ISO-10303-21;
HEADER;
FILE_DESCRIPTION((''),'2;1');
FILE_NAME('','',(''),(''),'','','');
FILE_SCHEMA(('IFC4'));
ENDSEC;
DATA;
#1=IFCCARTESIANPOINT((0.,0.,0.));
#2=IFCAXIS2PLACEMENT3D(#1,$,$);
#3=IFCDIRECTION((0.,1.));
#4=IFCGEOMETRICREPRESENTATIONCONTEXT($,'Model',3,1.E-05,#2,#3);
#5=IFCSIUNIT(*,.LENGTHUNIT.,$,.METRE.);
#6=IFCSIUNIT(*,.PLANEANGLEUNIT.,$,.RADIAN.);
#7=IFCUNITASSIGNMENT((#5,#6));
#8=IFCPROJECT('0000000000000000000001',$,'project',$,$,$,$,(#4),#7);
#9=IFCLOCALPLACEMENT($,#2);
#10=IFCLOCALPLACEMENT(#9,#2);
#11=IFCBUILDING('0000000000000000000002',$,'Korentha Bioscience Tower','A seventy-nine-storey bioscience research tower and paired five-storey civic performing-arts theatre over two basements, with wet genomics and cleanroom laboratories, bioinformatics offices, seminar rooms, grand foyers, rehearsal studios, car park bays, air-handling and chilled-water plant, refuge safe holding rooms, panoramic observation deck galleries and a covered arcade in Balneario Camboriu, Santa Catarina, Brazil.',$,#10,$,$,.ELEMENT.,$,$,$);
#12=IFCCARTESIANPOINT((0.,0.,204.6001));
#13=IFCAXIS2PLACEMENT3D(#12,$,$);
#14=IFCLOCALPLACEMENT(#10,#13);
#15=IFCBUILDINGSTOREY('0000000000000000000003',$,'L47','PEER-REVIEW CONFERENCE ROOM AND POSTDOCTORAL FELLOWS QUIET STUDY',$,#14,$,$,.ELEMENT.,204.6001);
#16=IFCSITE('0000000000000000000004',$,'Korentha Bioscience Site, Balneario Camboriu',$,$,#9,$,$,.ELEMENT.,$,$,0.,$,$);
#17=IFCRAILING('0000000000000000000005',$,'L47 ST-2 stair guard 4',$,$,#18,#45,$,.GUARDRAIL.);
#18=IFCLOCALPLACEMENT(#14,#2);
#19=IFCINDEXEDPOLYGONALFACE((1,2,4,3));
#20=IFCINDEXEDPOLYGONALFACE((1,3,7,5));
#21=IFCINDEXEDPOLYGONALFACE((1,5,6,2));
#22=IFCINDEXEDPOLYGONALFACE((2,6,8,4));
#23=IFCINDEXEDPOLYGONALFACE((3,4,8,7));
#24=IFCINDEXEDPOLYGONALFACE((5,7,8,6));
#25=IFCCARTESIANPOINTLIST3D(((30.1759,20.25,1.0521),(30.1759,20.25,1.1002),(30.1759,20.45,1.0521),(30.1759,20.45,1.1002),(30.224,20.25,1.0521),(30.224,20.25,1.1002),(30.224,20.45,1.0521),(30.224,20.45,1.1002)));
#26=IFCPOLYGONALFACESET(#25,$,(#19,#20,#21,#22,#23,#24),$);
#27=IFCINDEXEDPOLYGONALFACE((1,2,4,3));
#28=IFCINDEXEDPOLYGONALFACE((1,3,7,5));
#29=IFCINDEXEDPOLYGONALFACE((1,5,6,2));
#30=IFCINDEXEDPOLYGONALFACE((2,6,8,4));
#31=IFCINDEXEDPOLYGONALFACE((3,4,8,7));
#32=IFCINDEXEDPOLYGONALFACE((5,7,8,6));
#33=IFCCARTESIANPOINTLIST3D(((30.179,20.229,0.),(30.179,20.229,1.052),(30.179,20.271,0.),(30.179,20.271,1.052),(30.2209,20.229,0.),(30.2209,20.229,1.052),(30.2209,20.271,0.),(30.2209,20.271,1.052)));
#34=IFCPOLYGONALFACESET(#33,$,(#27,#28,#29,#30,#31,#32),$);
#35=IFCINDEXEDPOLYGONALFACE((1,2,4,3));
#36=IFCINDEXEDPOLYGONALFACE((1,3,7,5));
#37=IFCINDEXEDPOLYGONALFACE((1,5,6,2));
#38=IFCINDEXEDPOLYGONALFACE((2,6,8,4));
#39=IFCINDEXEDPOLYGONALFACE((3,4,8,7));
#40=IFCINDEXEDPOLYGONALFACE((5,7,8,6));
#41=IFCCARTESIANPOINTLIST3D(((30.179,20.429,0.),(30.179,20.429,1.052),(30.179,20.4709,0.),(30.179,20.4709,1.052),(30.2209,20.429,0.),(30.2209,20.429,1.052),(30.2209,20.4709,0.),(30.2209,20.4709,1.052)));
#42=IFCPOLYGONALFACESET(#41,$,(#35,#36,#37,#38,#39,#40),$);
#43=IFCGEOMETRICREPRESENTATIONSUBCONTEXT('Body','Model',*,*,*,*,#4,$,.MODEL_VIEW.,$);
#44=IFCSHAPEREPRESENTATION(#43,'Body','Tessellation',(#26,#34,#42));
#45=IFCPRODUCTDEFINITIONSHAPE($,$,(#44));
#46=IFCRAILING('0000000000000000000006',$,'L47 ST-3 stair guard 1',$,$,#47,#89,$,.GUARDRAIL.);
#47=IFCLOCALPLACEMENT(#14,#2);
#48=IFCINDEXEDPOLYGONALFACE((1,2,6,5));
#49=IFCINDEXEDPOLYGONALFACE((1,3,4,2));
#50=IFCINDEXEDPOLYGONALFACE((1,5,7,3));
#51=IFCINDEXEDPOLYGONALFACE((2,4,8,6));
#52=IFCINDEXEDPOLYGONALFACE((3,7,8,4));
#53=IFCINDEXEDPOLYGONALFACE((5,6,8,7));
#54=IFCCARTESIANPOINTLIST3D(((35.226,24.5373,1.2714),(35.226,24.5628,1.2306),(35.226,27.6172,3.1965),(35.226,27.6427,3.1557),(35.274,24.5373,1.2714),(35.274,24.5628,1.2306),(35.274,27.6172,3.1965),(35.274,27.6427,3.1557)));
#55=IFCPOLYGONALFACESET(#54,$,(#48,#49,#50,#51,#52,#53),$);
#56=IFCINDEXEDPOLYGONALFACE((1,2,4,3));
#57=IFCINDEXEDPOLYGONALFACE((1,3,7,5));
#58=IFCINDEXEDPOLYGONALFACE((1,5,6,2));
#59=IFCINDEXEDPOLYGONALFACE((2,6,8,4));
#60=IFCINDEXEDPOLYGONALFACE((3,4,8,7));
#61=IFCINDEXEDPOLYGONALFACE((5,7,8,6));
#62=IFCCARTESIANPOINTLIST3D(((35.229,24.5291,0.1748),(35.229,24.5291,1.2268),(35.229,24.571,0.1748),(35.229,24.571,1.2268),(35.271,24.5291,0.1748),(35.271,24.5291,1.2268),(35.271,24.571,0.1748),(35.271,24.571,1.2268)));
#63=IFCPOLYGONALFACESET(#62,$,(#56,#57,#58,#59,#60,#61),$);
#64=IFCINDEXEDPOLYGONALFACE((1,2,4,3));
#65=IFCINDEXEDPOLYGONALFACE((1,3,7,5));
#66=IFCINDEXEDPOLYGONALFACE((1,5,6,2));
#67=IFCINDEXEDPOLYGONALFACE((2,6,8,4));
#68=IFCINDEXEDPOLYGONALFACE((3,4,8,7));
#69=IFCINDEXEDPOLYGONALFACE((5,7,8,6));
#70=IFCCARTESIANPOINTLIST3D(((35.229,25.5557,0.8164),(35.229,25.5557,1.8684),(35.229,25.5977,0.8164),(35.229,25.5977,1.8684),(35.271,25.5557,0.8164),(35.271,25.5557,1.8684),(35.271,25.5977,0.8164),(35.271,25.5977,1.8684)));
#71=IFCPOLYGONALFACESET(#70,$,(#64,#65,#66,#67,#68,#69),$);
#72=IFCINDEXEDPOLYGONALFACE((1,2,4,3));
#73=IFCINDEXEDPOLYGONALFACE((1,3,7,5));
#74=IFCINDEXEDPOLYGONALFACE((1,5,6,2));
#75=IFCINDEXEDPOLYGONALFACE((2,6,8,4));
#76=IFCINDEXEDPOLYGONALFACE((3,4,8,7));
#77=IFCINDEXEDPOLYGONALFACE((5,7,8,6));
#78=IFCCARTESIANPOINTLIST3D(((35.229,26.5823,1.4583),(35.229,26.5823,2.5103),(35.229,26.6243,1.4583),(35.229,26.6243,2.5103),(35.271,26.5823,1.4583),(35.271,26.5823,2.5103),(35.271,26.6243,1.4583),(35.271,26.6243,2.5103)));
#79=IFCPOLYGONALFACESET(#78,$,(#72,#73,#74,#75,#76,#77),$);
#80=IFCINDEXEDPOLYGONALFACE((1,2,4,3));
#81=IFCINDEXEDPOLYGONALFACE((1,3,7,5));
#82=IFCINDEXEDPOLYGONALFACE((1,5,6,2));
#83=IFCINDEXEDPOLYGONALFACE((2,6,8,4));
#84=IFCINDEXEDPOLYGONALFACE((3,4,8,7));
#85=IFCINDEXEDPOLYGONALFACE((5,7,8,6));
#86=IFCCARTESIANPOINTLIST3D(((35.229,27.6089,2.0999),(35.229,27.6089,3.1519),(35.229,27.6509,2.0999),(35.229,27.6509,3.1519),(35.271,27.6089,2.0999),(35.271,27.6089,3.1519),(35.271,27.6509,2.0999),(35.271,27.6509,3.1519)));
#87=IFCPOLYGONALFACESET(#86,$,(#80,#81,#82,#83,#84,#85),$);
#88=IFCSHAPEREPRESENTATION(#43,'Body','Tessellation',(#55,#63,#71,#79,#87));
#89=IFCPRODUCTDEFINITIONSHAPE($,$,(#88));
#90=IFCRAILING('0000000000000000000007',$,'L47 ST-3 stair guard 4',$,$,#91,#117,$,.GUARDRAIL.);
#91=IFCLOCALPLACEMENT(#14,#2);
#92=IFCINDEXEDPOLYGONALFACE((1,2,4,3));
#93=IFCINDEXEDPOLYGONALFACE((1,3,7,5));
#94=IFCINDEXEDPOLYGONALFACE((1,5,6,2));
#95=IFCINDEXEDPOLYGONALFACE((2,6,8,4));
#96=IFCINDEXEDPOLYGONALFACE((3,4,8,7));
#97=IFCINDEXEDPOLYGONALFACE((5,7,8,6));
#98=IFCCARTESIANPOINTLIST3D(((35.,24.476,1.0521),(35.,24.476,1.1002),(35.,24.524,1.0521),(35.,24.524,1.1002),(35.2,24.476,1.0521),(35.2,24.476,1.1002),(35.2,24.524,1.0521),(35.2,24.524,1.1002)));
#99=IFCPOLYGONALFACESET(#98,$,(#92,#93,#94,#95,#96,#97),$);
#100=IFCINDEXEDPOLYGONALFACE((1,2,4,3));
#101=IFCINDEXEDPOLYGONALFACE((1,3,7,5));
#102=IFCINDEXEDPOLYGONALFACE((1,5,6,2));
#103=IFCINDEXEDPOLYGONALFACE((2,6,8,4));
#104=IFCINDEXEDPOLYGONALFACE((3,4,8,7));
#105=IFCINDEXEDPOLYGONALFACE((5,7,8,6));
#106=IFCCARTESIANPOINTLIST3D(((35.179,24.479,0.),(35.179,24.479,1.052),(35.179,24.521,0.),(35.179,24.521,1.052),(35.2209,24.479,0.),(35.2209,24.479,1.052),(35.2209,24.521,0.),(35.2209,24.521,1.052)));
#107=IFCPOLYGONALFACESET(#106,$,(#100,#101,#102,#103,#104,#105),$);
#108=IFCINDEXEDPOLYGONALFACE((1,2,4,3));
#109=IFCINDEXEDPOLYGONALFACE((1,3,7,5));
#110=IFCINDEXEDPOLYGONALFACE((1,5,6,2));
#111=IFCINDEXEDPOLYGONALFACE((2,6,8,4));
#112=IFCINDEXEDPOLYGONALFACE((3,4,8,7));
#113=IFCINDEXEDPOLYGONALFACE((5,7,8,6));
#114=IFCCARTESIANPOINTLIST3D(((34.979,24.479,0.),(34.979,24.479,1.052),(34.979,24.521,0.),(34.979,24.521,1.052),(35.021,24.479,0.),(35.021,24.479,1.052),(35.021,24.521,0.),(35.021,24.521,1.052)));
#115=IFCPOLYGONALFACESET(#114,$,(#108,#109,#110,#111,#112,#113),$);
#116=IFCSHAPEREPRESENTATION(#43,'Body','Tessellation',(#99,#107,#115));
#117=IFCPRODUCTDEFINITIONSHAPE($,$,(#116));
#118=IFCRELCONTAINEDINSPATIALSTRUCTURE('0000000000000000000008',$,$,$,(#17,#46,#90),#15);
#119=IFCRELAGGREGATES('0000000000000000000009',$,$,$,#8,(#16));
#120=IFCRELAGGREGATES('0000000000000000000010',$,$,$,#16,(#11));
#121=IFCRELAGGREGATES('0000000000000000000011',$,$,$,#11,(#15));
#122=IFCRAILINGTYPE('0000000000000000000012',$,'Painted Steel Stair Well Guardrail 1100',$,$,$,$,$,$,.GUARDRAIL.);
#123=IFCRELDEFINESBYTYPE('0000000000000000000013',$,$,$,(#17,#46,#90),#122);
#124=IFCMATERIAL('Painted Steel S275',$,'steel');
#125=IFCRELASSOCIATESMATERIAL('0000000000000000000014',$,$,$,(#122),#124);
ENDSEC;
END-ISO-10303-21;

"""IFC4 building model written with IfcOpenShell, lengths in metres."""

from ifc_helpers import new_model, si_unit, direction, frame, origin, origin_2d, place, context, subcontext, project, spatial, rectangle, extrude, material, type_object, element, save


model = new_model("IFC4")

# Units and contexts
model_context = context("Model", 3, precision=1e-05, world=origin(), true_north=direction((0.0, 1.0)))
body_context = subcontext(model_context, "Body", "Model", "MODEL_VIEW")
ifc_project = project(units=[si_unit("LENGTHUNIT", "METRE"), si_unit("PLANEANGLEUNIT", "RADIAN")], contexts=[model_context])

# Site, building, storey
site_placement = place(None, origin())
site = spatial("IfcSite", under=ifc_project, at=site_placement, Name="Korentha Bioscience Site, Balneario Camboriu", CompositionType="ELEMENT", RefElevation=0.0)
building_placement = place(site_placement, origin())
building = spatial("IfcBuilding", under=site, at=building_placement, Name="Korentha Bioscience Tower", Description="A seventy-nine-storey bioscience research tower and paired five-storey civic performing-arts theatre over two basements, with wet genomics and cleanroom laboratories, bioinformatics offices, seminar rooms, grand foyers, rehearsal studios, car park bays, air-handling and chilled-water plant, refuge safe holding rooms, panoramic observation deck galleries and a covered arcade in Balneario Camboriu, Santa Catarina, Brazil.", CompositionType="ELEMENT")
storey_placement = place(building_placement, frame((0.0, 0.0, 204.6001)))
storey = spatial("IfcBuildingStorey", under=building, at=storey_placement, Name="L47", Description="PEER-REVIEW CONFERENCE ROOM AND POSTDOCTORAL FELLOWS QUIET STUDY", CompositionType="ELEMENT", Elevation=204.6001)

# Railings
ifc_material_1 = material(Name="Painted Steel S275", Category="steel")
railing_type_1 = type_object("IfcRailingType", Name="Painted Steel Stair Well Guardrail 1100", PredefinedType="GUARDRAIL", material=ifc_material_1)
railing_1_placement = place(storey_placement, frame((30.2, 20.25, 0.0)))
element("IfcRailing", 1, at=railing_1_placement, inside=storey, type_object=railing_type_1, Name="L47 ST-2 stair guard 4", PredefinedType="GUARDRAIL", context=body_context, shape_type="SweptSolid", body=[
    extrude(rectangle(XDim=0.0481, YDim=0.0481, at=origin_2d()), frame((0.0, 0.0, 1.0762), z_axis=(0.0, 1.0, 0.0), x_axis=(-1.0, 0.0, 0.0)), (0.0, 0.0, 1.0), 0.2),
    extrude(rectangle(XDim=0.042, YDim=0.042, at=origin_2d()), origin(), (0.0, 0.0, 1.0), 1.052),
    extrude(rectangle(XDim=0.042, YDim=0.042, at=origin_2d()), frame((0.0, 0.2, 0.0)), (0.0, 0.0, 1.0), 1.052),
])
railing_2_placement = place(storey_placement, frame((35.25, 24.55, 0.1748)))
element("IfcRailing", 2, at=railing_2_placement, inside=storey, type_object=railing_type_1, Name="L47 ST-3 stair guard 1", PredefinedType="GUARDRAIL", context=body_context, shape_type="SweptSolid", body=[
    extrude(rectangle(XDim=0.0481, YDim=0.0481, at=origin_2d()), frame((0.0, 0.0, 1.0762), z_axis=(0.0, 0.847979, 0.530029), x_axis=(-1.0, 0.0, 0.0)), (0.0, 0.0, 1.0), 3.6321),
    extrude(rectangle(XDim=0.042, YDim=0.042, at=origin_2d()), origin(), (0.0, 0.0, 1.0), 1.052),
    extrude(rectangle(XDim=0.042, YDim=0.042, at=origin_2d()), frame((0.0, 1.0266, 0.6416)), (0.0, 0.0, 1.0), 1.052),
    extrude(rectangle(XDim=0.042, YDim=0.042, at=origin_2d()), frame((0.0, 2.0532, 1.2834)), (0.0, 0.0, 1.0), 1.052),
    extrude(rectangle(XDim=0.042, YDim=0.042, at=origin_2d()), frame((0.0, 3.0798, 1.925)), (0.0, 0.0, 1.0), 1.052),
])
railing_3_placement = place(storey_placement, frame((35.2, 24.5, 0.0)))
element("IfcRailing", 3, at=railing_3_placement, inside=storey, type_object=railing_type_1, Name="L47 ST-3 stair guard 4", PredefinedType="GUARDRAIL", context=body_context, shape_type="SweptSolid", body=[
    extrude(rectangle(XDim=0.0481, YDim=0.0481, at=origin_2d()), frame((0.0, 0.0, 1.0762), z_axis=(-1.0, 0.0, 0.0), x_axis=(0.0, -1.0, 0.0)), (0.0, 0.0, 1.0), 0.2),
    extrude(rectangle(XDim=0.042, YDim=0.042, at=origin_2d()), origin(), (0.0, 0.0, 1.0), 1.052),
    extrude(rectangle(XDim=0.042, YDim=0.042, at=origin_2d()), frame((-0.2, 0.0, 0.0)), (0.0, 0.0, 1.0), 1.052),
])

save(model, "model.ifc")
